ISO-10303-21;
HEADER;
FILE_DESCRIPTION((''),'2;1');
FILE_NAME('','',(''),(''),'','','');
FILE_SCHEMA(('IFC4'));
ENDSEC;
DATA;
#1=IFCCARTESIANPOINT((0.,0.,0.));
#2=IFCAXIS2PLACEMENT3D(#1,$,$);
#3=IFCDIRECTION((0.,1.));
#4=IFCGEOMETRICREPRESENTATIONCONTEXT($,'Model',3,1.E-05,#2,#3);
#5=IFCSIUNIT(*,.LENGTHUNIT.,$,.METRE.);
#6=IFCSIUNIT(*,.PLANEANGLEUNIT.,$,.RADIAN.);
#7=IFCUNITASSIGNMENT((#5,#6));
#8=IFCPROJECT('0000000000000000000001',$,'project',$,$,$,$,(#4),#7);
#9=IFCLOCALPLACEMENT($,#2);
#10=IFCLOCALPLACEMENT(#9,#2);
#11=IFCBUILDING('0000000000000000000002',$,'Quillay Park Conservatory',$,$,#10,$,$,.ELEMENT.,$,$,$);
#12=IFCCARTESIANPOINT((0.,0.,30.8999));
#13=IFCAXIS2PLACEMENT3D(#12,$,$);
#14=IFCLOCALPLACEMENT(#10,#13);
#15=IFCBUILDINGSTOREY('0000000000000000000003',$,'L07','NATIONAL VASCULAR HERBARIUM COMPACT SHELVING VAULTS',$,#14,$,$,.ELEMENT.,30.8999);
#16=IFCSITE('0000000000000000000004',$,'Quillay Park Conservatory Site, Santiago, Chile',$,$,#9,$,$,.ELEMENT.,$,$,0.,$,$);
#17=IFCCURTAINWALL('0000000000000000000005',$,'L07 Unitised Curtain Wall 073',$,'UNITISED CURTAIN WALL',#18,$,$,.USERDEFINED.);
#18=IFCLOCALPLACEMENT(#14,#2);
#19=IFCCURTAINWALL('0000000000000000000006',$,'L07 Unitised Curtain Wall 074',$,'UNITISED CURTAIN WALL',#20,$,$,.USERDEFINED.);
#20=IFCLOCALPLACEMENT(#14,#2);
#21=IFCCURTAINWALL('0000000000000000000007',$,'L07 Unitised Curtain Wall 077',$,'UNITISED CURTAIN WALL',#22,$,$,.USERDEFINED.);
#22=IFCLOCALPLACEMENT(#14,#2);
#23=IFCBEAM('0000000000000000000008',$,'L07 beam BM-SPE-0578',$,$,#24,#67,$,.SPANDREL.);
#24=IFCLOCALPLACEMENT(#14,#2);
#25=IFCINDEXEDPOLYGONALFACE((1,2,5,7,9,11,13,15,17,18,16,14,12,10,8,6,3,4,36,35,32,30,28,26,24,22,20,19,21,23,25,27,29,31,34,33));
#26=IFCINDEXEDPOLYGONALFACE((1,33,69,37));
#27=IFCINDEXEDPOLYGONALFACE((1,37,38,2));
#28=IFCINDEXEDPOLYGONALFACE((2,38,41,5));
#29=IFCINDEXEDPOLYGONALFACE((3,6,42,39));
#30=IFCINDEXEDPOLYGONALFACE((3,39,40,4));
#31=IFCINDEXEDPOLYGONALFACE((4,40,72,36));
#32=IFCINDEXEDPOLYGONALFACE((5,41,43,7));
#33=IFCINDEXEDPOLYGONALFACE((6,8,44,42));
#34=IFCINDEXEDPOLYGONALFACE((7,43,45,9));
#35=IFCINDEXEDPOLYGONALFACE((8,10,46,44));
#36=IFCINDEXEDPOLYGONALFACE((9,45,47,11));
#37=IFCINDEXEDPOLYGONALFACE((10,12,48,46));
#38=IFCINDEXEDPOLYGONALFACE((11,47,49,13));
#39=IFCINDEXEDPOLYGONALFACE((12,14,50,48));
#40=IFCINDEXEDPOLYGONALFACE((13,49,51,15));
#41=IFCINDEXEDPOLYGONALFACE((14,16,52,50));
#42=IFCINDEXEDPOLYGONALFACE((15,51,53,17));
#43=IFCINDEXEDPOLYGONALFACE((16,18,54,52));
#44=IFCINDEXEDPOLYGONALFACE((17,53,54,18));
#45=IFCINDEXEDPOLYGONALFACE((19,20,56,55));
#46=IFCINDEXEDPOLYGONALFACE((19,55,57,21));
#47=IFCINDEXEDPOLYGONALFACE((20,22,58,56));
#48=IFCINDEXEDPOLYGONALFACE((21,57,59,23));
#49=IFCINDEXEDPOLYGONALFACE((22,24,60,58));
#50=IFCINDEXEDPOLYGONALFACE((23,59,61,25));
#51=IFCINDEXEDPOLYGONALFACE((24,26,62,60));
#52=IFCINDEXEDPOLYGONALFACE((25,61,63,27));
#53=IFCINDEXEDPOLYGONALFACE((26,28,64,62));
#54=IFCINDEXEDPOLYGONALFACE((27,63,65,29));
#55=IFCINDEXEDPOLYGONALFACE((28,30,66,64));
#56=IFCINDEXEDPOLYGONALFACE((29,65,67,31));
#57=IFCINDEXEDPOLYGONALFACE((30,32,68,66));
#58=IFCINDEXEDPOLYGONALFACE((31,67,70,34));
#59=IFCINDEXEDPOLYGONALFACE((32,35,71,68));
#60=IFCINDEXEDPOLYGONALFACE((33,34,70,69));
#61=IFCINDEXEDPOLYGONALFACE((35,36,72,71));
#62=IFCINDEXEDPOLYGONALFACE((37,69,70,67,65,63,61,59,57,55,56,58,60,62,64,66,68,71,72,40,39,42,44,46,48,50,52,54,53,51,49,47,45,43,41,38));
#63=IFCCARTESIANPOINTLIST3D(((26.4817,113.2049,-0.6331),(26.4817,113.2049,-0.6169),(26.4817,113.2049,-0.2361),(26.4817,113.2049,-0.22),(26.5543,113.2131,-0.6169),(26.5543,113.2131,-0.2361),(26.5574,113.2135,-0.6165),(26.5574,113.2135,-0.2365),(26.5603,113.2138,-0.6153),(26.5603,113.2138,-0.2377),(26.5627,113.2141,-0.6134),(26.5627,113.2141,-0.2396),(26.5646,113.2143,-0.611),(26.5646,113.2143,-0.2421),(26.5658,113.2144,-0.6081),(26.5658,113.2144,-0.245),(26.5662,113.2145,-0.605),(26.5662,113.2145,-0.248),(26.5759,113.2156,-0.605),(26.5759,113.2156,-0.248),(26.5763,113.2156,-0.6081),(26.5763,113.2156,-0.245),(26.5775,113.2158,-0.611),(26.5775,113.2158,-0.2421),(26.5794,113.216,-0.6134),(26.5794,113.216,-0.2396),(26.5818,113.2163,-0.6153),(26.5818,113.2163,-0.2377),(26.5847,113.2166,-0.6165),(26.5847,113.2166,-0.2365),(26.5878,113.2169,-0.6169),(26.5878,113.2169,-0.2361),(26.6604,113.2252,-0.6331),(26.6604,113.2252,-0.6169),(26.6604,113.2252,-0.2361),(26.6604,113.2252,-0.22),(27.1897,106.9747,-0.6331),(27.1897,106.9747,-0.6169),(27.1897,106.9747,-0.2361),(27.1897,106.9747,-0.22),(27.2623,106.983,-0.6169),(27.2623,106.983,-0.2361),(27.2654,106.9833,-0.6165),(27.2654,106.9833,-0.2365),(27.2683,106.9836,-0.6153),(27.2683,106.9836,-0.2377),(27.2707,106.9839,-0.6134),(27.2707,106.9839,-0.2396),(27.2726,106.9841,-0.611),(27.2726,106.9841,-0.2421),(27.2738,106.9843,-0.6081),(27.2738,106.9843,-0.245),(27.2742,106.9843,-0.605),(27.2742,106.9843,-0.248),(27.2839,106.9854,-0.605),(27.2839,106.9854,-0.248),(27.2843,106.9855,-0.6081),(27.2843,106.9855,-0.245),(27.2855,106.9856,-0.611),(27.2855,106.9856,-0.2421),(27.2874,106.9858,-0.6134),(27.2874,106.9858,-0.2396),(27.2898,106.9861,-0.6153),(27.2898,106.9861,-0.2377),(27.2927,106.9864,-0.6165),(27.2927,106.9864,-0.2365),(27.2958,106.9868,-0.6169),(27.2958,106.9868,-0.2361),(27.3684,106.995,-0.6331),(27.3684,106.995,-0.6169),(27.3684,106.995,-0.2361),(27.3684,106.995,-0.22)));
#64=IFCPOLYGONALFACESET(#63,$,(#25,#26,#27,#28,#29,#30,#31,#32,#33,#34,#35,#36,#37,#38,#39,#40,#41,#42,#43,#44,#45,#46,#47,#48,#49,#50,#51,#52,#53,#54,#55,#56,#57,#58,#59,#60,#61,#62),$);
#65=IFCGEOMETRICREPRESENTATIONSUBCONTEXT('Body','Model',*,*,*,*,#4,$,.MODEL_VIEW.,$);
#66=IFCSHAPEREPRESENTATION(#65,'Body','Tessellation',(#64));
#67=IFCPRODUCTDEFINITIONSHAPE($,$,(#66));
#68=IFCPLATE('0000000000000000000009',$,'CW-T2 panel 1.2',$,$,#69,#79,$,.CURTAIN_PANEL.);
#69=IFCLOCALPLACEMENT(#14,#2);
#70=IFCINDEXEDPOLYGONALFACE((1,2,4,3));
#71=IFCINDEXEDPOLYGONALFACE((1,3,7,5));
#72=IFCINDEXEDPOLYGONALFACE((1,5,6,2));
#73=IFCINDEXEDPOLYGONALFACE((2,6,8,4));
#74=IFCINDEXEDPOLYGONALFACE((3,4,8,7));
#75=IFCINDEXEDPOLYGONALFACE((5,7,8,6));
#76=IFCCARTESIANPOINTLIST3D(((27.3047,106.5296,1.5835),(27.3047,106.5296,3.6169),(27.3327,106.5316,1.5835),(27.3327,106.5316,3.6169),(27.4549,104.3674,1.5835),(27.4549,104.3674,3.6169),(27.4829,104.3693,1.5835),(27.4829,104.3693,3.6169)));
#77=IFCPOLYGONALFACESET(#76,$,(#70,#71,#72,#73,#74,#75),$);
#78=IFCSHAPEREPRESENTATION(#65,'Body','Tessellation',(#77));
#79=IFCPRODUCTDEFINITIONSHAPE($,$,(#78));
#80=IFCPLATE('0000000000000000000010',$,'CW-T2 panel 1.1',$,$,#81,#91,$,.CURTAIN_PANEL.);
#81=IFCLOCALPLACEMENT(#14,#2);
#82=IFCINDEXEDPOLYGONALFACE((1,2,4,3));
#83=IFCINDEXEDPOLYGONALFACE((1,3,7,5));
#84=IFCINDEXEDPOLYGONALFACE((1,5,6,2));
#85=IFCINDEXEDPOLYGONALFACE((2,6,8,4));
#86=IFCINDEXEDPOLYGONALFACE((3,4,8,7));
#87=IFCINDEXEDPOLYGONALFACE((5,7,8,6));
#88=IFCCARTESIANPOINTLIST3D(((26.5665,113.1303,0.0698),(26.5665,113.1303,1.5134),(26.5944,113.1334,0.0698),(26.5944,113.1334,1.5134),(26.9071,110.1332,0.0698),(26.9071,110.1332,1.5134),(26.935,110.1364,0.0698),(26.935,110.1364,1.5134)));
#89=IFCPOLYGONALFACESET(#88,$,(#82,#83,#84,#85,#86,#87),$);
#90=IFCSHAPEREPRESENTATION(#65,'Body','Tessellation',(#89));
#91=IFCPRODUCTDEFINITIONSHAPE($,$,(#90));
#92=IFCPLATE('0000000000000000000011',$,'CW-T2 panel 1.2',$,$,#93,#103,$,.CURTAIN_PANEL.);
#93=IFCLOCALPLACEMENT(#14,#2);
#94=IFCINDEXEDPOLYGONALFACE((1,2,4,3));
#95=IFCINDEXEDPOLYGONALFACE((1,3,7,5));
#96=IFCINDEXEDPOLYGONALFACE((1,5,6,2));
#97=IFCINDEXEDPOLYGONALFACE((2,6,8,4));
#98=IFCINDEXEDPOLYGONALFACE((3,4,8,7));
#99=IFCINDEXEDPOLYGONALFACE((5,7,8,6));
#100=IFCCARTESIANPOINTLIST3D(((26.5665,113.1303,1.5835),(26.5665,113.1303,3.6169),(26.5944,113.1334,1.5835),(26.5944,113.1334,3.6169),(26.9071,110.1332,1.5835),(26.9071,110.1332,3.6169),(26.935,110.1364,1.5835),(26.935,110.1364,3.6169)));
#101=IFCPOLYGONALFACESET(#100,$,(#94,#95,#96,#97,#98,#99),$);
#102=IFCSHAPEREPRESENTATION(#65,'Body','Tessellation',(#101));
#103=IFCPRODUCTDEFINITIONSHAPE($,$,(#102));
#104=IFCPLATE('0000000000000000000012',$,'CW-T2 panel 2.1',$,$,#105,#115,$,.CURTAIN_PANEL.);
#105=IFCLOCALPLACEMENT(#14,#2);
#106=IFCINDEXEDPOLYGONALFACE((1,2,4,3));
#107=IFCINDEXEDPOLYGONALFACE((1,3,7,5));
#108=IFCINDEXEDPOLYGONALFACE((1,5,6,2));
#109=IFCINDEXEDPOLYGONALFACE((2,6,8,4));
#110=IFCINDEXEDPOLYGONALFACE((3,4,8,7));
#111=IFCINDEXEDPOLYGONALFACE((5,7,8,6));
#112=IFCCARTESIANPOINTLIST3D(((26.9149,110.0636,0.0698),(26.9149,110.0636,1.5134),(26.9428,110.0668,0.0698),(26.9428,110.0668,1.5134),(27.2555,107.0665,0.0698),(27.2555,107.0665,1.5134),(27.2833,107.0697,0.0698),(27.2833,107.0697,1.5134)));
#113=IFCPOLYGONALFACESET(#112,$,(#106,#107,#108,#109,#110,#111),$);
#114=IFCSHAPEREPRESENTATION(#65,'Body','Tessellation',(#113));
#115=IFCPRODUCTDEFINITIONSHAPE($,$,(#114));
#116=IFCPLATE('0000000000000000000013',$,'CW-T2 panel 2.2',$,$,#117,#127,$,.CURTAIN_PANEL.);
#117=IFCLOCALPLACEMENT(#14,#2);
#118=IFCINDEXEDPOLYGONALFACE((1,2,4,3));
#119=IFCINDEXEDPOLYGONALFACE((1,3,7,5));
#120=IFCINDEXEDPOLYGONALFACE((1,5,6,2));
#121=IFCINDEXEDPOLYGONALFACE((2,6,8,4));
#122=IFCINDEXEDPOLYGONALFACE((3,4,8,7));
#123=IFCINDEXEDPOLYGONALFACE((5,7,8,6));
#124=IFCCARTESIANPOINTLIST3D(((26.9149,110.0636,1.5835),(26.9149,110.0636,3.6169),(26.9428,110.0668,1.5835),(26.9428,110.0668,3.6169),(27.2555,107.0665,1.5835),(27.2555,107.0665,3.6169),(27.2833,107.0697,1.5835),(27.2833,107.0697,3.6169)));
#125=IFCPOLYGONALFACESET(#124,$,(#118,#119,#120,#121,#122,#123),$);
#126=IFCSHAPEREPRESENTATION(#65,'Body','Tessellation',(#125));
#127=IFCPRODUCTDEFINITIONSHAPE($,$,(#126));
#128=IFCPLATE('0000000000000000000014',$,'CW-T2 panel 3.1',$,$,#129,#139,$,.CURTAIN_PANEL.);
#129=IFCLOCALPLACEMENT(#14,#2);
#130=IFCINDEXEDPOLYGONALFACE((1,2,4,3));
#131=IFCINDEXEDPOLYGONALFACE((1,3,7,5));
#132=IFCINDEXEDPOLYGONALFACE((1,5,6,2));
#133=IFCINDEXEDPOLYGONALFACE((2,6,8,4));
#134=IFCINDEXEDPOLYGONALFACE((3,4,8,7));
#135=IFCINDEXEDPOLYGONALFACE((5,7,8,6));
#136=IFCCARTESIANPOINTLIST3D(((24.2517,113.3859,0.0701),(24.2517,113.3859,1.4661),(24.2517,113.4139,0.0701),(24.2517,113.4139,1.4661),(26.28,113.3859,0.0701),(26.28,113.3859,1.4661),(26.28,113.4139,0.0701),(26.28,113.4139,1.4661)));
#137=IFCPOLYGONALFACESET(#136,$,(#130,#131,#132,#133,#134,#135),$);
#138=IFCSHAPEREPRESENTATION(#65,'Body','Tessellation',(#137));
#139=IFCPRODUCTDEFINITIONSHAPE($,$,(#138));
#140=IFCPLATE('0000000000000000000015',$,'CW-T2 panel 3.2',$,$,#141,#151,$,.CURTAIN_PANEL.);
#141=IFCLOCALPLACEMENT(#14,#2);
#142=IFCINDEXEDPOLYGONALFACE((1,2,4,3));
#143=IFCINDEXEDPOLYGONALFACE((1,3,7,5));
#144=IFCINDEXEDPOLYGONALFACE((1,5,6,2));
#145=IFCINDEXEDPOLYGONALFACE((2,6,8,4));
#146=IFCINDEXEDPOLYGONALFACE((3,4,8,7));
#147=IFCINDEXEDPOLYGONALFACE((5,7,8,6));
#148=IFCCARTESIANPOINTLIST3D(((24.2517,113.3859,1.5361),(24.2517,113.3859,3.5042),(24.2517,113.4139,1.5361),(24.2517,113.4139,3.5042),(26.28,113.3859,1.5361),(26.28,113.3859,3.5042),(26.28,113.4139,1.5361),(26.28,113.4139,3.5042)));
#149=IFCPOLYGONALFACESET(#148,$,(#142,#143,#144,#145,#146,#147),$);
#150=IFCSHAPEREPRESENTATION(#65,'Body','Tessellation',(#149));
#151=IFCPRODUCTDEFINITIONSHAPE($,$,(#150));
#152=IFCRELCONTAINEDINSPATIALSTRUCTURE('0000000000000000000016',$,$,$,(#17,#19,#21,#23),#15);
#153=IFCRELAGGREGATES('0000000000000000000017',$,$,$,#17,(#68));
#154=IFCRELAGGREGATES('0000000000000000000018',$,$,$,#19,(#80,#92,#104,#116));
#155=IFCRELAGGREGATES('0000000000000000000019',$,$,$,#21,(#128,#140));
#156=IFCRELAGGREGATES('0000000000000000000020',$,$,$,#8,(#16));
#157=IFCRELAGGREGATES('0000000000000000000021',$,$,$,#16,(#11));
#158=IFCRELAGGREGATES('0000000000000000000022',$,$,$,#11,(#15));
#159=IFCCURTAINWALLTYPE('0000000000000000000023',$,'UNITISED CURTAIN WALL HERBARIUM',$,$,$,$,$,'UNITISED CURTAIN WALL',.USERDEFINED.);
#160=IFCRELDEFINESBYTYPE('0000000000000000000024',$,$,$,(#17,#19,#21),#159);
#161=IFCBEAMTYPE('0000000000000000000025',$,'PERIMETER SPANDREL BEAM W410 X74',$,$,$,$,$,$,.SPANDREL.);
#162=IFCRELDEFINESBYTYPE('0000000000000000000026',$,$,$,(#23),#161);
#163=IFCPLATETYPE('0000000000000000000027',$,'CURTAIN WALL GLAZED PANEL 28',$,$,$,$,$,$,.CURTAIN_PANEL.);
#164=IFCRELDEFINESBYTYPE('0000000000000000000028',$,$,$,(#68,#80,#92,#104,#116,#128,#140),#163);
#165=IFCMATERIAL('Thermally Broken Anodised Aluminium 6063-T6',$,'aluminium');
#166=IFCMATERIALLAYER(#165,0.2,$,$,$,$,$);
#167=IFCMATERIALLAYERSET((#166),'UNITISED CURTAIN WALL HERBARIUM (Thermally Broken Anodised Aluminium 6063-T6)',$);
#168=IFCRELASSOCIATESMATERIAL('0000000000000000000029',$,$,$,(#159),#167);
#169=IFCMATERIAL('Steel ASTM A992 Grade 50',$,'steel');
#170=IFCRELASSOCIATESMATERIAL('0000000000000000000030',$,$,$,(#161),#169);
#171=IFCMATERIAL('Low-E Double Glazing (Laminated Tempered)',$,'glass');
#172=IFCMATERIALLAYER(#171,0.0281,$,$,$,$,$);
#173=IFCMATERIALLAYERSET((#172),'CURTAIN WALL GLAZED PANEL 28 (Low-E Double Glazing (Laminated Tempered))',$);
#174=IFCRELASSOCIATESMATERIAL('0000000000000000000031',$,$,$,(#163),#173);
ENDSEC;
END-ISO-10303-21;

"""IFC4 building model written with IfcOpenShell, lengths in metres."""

from ifc_helpers import new_model, si_unit, direction, frame, origin, origin_2d, place, context, subcontext, project, spatial, rectangle, i_section, extrude, material, layer, layer_set, material_profile, profile_set, type_object, element, aggregate, save


model = new_model("IFC4")

# Units and contexts
model_context = context("Model", 3, precision=1e-05, world=origin(), true_north=direction((0.0, 1.0)))
body_context = subcontext(model_context, "Body", "Model", "MODEL_VIEW")
ifc_project = project(units=[si_unit("LENGTHUNIT", "METRE"), si_unit("PLANEANGLEUNIT", "RADIAN")], contexts=[model_context])

# Site, building, storey
site_placement = place(None, origin())
site = spatial("IfcSite", under=ifc_project, at=site_placement, Name="Quillay Park Conservatory Site, Santiago, Chile", CompositionType="ELEMENT", RefElevation=0.0)
building_placement = place(site_placement, origin())
building = spatial("IfcBuilding", under=site, at=building_placement, Name="Quillay Park Conservatory", CompositionType="ELEMENT")
storey_placement = place(building_placement, frame((0.0, 0.0, 30.8999)))
storey = spatial("IfcBuildingStorey", under=building, at=storey_placement, Name="L07", Description="NATIONAL VASCULAR HERBARIUM COMPACT SHELVING VAULTS", CompositionType="ELEMENT", Elevation=30.8999)

# Curtain wall
ifc_material_1 = material(Name="Thermally Broken Anodised Aluminium 6063-T6", Category="aluminium")
ifc_layer_1 = layer(ifc_material_1, 0.2)
ifc_layer_set_1 = layer_set([ifc_layer_1], Name="UNITISED CURTAIN WALL HERBARIUM (Thermally Broken Anodised Aluminium 6063-T6)")
curtain_wall_type = type_object("IfcCurtainWallType", Name="UNITISED CURTAIN WALL HERBARIUM", ElementType="UNITISED CURTAIN WALL", PredefinedType="USERDEFINED", material=ifc_layer_set_1)
curtain_wall_1_placement = place(storey_placement, origin())
curtain_wall_1 = element("IfcCurtainWall", 1, at=curtain_wall_1_placement, inside=storey, type_object=curtain_wall_type, Name="L07 Unitised Curtain Wall 073", ObjectType="UNITISED CURTAIN WALL", PredefinedType="USERDEFINED")

# Curtain wall
curtain_wall_2_placement = place(storey_placement, origin())
curtain_wall_2 = element("IfcCurtainWall", 2, at=curtain_wall_2_placement, inside=storey, type_object=curtain_wall_type, Name="L07 Unitised Curtain Wall 074", ObjectType="UNITISED CURTAIN WALL", PredefinedType="USERDEFINED")

# Curtain wall
curtain_wall_3_placement = place(storey_placement, origin())
curtain_wall_3 = element("IfcCurtainWall", 3, at=curtain_wall_3_placement, inside=storey, type_object=curtain_wall_type, Name="L07 Unitised Curtain Wall 077", ObjectType="UNITISED CURTAIN WALL", PredefinedType="USERDEFINED")

# Beam
ifc_material_2 = material(Name="Steel ASTM A992 Grade 50", Category="steel")
ifc_material_profile_1 = material_profile(ifc_material_2, i_section(OverallWidth=0.1799, OverallDepth=0.4131, WebThickness=0.0098, FlangeThickness=0.0161, FilletRadius=0.012, at=origin_2d()), Name="W410x74")
ifc_profile_set_1 = profile_set([ifc_material_profile_1], Name="Steel ASTM A992 Grade 50")
beam_type = type_object("IfcBeamType", Name="PERIMETER SPANDREL BEAM W410 X74", PredefinedType="SPANDREL", material=ifc_profile_set_1)
beam_placement = place(storey_placement, frame((27.2791, 106.9849, -0.4265), z_axis=(-0.112914, 0.993605, 0.0), x_axis=(-0.993605, -0.112914, 0.0)))
element("IfcBeam", 4, at=beam_placement, inside=storey, type_object=beam_type, Name="L07 beam BM-SPE-0578", PredefinedType="SPANDREL", context=body_context, shape_type="SweptSolid", body=[
    extrude(i_section(OverallWidth=0.1799, OverallDepth=0.4131, WebThickness=0.0098, FlangeThickness=0.0161, FilletRadius=0.012, at=origin_2d()), origin(), (0.0, 0.0, 1.0), 6.2703),
])

# Plates
ifc_material_3 = material(Name="Low-E Double Glazing (Laminated Tempered)", Category="glass")
ifc_layer_2 = layer(ifc_material_3, 0.0281)
ifc_layer_set_2 = layer_set([ifc_layer_2], Name="CURTAIN WALL GLAZED PANEL 28 (Low-E Double Glazing (Laminated Tempered))")
plate_type = type_object("IfcPlateType", Name="CURTAIN WALL GLAZED PANEL 28", PredefinedType="CURTAIN_PANEL", material=ifc_layer_set_2)
plate_1_placement = place(storey_placement, frame((27.3938, 105.4495, 1.5835), z_axis=(0.0, 0.0, 1.0), x_axis=(0.069264, -0.997598, 0.0)))
plate_1 = element("IfcPlate", 5, at=plate_1_placement, type_object=plate_type, Name="CW-T2 panel 1.2", PredefinedType="CURTAIN_PANEL", context=body_context, shape_type="SweptSolid", body=[
    extrude(rectangle(XDim=2.1675, YDim=0.0281, at=origin_2d()), origin(), (0.0, 0.0, 1.0), 2.0334),
])
aggregate(curtain_wall_1, [plate_1])
plate_2_placement = place(storey_placement, frame((26.7507, 111.6333, 0.0698), z_axis=(0.0, 0.0, 1.0), x_axis=(0.112903, -0.993606, 0.0)))
plate_2 = element("IfcPlate", 6, at=plate_2_placement, type_object=plate_type, Name="CW-T2 panel 1.1", PredefinedType="CURTAIN_PANEL", context=body_context, shape_type="SweptSolid", body=[
    extrude(rectangle(XDim=3.0164, YDim=0.0281, at=origin_2d()), origin(), (0.0, 0.0, 1.0), 1.4436),
])
plate_3_placement = place(storey_placement, frame((26.7507, 111.6333, 1.5835), z_axis=(0.0, 0.0, 1.0), x_axis=(0.112903, -0.993606, 0.0)))
plate_3 = element("IfcPlate", 7, at=plate_3_placement, type_object=plate_type, Name="CW-T2 panel 1.2", PredefinedType="CURTAIN_PANEL", context=body_context, shape_type="SweptSolid", body=[
    extrude(rectangle(XDim=3.0164, YDim=0.0281, at=origin_2d()), origin(), (0.0, 0.0, 1.0), 2.0334),
])
plate_4_placement = place(storey_placement, frame((27.0991, 108.5667, 0.0698), z_axis=(0.0, 0.0, 1.0), x_axis=(0.112903, -0.993606, 0.0)))
plate_4 = element("IfcPlate", 8, at=plate_4_placement, type_object=plate_type, Name="CW-T2 panel 2.1", PredefinedType="CURTAIN_PANEL", context=body_context, shape_type="SweptSolid", body=[
    extrude(rectangle(XDim=3.0164, YDim=0.0281, at=origin_2d()), origin(), (0.0, 0.0, 1.0), 1.4436),
])
plate_5_placement = place(storey_placement, frame((27.0991, 108.5667, 1.5835), z_axis=(0.0, 0.0, 1.0), x_axis=(0.112903, -0.993606, 0.0)))
plate_5 = element("IfcPlate", 9, at=plate_5_placement, type_object=plate_type, Name="CW-T2 panel 2.2", PredefinedType="CURTAIN_PANEL", context=body_context, shape_type="SweptSolid", body=[
    extrude(rectangle(XDim=3.0164, YDim=0.0281, at=origin_2d()), origin(), (0.0, 0.0, 1.0), 2.0334),
])
aggregate(curtain_wall_2, [plate_2, plate_3, plate_4, plate_5])
plate_6_placement = place(storey_placement, frame((25.2659, 113.3999, 0.0701), z_axis=(0.0, 0.0, 1.0), x_axis=(1.0, 0.0, 0.0)))
plate_6 = element("IfcPlate", 10, at=plate_6_placement, type_object=plate_type, Name="CW-T2 panel 3.1", PredefinedType="CURTAIN_PANEL", context=body_context, shape_type="SweptSolid", body=[
    extrude(rectangle(XDim=2.0283, YDim=0.0281, at=origin_2d()), origin(), (0.0, 0.0, 1.0), 1.396),
])
plate_7_placement = place(storey_placement, frame((25.2659, 113.3999, 1.5361), z_axis=(0.0, 0.0, 1.0), x_axis=(1.0, 0.0, 0.0)))
plate_7 = element("IfcPlate", 11, at=plate_7_placement, type_object=plate_type, Name="CW-T2 panel 3.2", PredefinedType="CURTAIN_PANEL", context=body_context, shape_type="SweptSolid", body=[
    extrude(rectangle(XDim=2.0283, YDim=0.0281, at=origin_2d()), origin(), (0.0, 0.0, 1.0), 1.968),
])
aggregate(curtain_wall_3, [plate_6, plate_7])

save(model, "model.ifc")
